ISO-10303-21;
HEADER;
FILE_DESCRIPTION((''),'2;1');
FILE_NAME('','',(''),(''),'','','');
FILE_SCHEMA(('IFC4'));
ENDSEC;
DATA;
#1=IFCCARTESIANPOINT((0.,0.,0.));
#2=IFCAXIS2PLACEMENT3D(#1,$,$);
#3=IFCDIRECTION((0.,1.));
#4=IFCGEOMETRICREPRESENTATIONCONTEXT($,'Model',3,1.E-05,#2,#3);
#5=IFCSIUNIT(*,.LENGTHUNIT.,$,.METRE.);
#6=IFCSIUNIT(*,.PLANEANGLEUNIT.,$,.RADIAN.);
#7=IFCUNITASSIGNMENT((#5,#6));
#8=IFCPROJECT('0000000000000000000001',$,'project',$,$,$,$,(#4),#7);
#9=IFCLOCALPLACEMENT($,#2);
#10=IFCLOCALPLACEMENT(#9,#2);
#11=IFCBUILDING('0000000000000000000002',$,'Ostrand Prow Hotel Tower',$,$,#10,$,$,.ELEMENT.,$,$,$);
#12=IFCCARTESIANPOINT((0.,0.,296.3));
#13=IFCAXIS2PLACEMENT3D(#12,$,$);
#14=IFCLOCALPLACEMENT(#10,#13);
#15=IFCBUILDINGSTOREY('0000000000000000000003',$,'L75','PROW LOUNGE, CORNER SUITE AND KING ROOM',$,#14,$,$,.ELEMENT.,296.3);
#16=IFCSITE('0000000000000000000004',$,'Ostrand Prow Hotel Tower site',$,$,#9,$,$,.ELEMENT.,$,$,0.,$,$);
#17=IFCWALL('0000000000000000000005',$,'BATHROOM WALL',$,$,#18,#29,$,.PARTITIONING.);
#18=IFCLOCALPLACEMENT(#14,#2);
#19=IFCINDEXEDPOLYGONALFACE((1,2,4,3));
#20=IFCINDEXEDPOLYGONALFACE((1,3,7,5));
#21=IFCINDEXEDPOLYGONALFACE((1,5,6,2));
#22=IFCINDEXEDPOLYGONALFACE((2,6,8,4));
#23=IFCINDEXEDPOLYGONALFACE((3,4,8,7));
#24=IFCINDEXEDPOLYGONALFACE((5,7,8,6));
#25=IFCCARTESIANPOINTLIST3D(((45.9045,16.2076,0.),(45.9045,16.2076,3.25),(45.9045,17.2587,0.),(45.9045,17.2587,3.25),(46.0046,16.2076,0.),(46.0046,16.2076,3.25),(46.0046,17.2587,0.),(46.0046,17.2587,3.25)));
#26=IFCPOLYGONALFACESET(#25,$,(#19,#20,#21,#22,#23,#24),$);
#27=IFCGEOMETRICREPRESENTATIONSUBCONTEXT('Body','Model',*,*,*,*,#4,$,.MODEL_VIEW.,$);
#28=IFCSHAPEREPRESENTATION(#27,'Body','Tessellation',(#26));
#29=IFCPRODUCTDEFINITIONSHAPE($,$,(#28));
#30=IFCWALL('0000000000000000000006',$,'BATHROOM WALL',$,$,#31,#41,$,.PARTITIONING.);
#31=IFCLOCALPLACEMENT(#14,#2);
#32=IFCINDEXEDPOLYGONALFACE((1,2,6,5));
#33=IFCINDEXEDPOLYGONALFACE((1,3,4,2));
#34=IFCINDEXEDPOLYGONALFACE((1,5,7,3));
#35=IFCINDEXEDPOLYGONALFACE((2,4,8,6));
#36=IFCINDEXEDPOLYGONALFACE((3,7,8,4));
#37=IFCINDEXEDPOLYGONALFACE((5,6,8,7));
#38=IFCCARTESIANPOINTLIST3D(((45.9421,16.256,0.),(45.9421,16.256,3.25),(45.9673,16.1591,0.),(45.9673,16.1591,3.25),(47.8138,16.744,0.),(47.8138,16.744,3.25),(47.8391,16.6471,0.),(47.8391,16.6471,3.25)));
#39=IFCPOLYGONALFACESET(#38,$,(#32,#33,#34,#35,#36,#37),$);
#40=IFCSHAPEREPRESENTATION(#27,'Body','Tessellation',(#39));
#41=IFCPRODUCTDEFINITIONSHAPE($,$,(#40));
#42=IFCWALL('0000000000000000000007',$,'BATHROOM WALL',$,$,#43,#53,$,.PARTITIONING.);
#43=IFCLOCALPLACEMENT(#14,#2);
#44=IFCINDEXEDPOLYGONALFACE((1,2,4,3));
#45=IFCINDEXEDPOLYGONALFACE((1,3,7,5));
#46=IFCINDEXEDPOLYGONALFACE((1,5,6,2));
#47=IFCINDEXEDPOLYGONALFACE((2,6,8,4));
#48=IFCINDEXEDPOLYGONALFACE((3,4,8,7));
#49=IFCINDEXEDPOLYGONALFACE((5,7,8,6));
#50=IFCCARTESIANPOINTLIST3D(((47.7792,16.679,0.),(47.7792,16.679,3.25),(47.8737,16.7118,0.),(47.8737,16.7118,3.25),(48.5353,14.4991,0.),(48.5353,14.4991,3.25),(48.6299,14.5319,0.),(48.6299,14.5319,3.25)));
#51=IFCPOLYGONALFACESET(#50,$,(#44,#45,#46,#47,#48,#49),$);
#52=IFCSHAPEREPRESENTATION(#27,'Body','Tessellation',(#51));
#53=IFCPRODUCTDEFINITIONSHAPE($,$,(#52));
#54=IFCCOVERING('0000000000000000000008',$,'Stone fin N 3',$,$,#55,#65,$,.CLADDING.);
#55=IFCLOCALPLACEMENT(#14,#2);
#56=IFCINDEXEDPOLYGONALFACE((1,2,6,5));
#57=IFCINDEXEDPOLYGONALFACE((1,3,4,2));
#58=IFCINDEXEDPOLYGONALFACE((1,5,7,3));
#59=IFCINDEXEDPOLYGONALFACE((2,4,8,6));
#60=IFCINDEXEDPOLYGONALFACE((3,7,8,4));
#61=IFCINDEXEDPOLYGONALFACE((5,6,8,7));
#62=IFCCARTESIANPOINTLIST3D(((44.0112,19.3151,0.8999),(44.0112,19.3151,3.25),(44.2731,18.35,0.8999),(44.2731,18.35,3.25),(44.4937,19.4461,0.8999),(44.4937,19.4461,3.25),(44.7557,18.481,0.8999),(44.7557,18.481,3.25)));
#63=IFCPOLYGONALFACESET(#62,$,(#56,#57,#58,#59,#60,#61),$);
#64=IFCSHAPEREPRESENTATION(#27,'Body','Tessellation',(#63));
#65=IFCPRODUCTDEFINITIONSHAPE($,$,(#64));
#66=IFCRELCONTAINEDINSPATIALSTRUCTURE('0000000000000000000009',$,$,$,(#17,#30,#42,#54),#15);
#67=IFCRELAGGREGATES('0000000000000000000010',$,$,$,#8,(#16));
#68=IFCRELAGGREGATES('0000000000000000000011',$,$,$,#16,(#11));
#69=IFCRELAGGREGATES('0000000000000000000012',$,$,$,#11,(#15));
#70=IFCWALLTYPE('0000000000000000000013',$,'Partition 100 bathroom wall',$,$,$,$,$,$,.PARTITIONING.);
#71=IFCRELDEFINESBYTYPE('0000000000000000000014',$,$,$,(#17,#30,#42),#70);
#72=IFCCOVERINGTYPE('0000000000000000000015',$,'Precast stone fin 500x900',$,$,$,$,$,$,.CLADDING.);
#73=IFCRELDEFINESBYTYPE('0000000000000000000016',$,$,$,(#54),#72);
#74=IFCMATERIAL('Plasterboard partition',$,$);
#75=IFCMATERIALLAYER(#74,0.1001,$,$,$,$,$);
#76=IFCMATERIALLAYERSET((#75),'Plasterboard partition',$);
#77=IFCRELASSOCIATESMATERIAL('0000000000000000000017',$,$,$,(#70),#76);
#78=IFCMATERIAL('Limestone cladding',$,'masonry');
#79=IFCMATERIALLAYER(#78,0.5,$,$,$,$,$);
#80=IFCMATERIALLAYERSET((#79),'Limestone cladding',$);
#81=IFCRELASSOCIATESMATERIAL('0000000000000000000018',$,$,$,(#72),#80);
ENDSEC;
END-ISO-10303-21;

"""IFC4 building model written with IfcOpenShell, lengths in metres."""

from ifc_helpers import new_model, si_unit, direction, frame, frame_2d, origin, place, context, subcontext, project, spatial, rectangle, extrude, material, layer, layer_set, type_object, element, save


model = new_model("IFC4")

# Units and contexts
model_context = context("Model", 3, precision=1e-05, world=origin(), true_north=direction((0.0, 1.0)))
body_context = subcontext(model_context, "Body", "Model", "MODEL_VIEW")
ifc_project = project(units=[si_unit("LENGTHUNIT", "METRE"), si_unit("PLANEANGLEUNIT", "RADIAN")], contexts=[model_context])

# Site, building, storey
site_placement = place(None, origin())
site = spatial("IfcSite", under=ifc_project, at=site_placement, Name="Ostrand Prow Hotel Tower site", CompositionType="ELEMENT", RefElevation=0.0)
building_placement = place(site_placement, origin())
building = spatial("IfcBuilding", under=site, at=building_placement, Name="Ostrand Prow Hotel Tower", CompositionType="ELEMENT")
storey_placement = place(building_placement, frame((0.0, 0.0, 296.3)))
storey = spatial("IfcBuildingStorey", under=building, at=storey_placement, Name="L75", Description="PROW LOUNGE, CORNER SUITE AND KING ROOM", CompositionType="ELEMENT", Elevation=296.3)

# Walls
ifc_material_1 = material(Name="Plasterboard partition")
ifc_layer_1 = layer(ifc_material_1, 0.1001)
ifc_layer_set_1 = layer_set([ifc_layer_1], Name="Plasterboard partition")
wall_type_1 = type_object("IfcWallType", Name="Partition 100 bathroom wall", PredefinedType="PARTITIONING", material=ifc_layer_set_1)
wall_1_placement = place(storey_placement, frame((45.9546, 17.2585, 0.0), z_axis=(0.0, 0.0, 1.0), x_axis=(0.0, -1.0, 0.0)))
element("IfcWall", 1, at=wall_1_placement, inside=storey, type_object=wall_type_1, Name="BATHROOM WALL", PredefinedType="PARTITIONING", context=body_context, shape_type="SweptSolid", body=[
    extrude(rectangle(XDim=1.051, YDim=0.1001, at=frame_2d((0.5254, 0.0))), origin(), (0.0, 0.0, 1.0), 3.25),
])
wall_2_placement = place(storey_placement, frame((45.9546, 16.2075, 0.0), z_axis=(0.0, 0.0, 1.0), x_axis=(0.967651, 0.252293, 0.0)))
element("IfcWall", 2, at=wall_2_placement, inside=storey, type_object=wall_type_1, Name="BATHROOM WALL", PredefinedType="PARTITIONING", context=body_context, shape_type="SweptSolid", body=[
    extrude(rectangle(XDim=1.9343, YDim=0.1001, at=frame_2d((0.9673, 0.0))), origin(), (0.0, 0.0, 1.0), 3.25),
])
wall_3_placement = place(storey_placement, frame((47.8264, 16.6956, 0.0), z_axis=(0.0, 0.0, 1.0), x_axis=(0.327696, -0.944783, 0.0)))
element("IfcWall", 3, at=wall_3_placement, inside=storey, type_object=wall_type_1, Name="BATHROOM WALL", PredefinedType="PARTITIONING", context=body_context, shape_type="SweptSolid", body=[
    extrude(rectangle(XDim=2.3074, YDim=0.1001, at=frame_2d((1.1538, 0.0))), origin(), (0.0, 0.0, 1.0), 3.25),
])

# Covering
ifc_material_2 = material(Name="Limestone cladding", Category="masonry")
ifc_layer_2 = layer(ifc_material_2, 0.5)
ifc_layer_set_2 = layer_set([ifc_layer_2], Name="Limestone cladding")
covering_type = type_object("IfcCoveringType", Name="Precast stone fin 500x900", PredefinedType="CLADDING", material=ifc_layer_set_2)
covering_placement = place(storey_placement, frame((44.5144, 18.4155, 0.8999), z_axis=(0.0, 0.0, 1.0), x_axis=(-0.26196, 0.965079, 0.0)))
element("IfcCovering", 4, at=covering_placement, inside=storey, type_object=covering_type, Name="Stone fin N 3", PredefinedType="CLADDING", context=body_context, shape_type="SweptSolid", body=[
    extrude(rectangle(XDim=1.0, YDim=0.5, at=frame_2d((0.5, 0.0))), origin(), (0.0, 0.0, 1.0), 2.3501),
])

save(model, "model.ifc")
